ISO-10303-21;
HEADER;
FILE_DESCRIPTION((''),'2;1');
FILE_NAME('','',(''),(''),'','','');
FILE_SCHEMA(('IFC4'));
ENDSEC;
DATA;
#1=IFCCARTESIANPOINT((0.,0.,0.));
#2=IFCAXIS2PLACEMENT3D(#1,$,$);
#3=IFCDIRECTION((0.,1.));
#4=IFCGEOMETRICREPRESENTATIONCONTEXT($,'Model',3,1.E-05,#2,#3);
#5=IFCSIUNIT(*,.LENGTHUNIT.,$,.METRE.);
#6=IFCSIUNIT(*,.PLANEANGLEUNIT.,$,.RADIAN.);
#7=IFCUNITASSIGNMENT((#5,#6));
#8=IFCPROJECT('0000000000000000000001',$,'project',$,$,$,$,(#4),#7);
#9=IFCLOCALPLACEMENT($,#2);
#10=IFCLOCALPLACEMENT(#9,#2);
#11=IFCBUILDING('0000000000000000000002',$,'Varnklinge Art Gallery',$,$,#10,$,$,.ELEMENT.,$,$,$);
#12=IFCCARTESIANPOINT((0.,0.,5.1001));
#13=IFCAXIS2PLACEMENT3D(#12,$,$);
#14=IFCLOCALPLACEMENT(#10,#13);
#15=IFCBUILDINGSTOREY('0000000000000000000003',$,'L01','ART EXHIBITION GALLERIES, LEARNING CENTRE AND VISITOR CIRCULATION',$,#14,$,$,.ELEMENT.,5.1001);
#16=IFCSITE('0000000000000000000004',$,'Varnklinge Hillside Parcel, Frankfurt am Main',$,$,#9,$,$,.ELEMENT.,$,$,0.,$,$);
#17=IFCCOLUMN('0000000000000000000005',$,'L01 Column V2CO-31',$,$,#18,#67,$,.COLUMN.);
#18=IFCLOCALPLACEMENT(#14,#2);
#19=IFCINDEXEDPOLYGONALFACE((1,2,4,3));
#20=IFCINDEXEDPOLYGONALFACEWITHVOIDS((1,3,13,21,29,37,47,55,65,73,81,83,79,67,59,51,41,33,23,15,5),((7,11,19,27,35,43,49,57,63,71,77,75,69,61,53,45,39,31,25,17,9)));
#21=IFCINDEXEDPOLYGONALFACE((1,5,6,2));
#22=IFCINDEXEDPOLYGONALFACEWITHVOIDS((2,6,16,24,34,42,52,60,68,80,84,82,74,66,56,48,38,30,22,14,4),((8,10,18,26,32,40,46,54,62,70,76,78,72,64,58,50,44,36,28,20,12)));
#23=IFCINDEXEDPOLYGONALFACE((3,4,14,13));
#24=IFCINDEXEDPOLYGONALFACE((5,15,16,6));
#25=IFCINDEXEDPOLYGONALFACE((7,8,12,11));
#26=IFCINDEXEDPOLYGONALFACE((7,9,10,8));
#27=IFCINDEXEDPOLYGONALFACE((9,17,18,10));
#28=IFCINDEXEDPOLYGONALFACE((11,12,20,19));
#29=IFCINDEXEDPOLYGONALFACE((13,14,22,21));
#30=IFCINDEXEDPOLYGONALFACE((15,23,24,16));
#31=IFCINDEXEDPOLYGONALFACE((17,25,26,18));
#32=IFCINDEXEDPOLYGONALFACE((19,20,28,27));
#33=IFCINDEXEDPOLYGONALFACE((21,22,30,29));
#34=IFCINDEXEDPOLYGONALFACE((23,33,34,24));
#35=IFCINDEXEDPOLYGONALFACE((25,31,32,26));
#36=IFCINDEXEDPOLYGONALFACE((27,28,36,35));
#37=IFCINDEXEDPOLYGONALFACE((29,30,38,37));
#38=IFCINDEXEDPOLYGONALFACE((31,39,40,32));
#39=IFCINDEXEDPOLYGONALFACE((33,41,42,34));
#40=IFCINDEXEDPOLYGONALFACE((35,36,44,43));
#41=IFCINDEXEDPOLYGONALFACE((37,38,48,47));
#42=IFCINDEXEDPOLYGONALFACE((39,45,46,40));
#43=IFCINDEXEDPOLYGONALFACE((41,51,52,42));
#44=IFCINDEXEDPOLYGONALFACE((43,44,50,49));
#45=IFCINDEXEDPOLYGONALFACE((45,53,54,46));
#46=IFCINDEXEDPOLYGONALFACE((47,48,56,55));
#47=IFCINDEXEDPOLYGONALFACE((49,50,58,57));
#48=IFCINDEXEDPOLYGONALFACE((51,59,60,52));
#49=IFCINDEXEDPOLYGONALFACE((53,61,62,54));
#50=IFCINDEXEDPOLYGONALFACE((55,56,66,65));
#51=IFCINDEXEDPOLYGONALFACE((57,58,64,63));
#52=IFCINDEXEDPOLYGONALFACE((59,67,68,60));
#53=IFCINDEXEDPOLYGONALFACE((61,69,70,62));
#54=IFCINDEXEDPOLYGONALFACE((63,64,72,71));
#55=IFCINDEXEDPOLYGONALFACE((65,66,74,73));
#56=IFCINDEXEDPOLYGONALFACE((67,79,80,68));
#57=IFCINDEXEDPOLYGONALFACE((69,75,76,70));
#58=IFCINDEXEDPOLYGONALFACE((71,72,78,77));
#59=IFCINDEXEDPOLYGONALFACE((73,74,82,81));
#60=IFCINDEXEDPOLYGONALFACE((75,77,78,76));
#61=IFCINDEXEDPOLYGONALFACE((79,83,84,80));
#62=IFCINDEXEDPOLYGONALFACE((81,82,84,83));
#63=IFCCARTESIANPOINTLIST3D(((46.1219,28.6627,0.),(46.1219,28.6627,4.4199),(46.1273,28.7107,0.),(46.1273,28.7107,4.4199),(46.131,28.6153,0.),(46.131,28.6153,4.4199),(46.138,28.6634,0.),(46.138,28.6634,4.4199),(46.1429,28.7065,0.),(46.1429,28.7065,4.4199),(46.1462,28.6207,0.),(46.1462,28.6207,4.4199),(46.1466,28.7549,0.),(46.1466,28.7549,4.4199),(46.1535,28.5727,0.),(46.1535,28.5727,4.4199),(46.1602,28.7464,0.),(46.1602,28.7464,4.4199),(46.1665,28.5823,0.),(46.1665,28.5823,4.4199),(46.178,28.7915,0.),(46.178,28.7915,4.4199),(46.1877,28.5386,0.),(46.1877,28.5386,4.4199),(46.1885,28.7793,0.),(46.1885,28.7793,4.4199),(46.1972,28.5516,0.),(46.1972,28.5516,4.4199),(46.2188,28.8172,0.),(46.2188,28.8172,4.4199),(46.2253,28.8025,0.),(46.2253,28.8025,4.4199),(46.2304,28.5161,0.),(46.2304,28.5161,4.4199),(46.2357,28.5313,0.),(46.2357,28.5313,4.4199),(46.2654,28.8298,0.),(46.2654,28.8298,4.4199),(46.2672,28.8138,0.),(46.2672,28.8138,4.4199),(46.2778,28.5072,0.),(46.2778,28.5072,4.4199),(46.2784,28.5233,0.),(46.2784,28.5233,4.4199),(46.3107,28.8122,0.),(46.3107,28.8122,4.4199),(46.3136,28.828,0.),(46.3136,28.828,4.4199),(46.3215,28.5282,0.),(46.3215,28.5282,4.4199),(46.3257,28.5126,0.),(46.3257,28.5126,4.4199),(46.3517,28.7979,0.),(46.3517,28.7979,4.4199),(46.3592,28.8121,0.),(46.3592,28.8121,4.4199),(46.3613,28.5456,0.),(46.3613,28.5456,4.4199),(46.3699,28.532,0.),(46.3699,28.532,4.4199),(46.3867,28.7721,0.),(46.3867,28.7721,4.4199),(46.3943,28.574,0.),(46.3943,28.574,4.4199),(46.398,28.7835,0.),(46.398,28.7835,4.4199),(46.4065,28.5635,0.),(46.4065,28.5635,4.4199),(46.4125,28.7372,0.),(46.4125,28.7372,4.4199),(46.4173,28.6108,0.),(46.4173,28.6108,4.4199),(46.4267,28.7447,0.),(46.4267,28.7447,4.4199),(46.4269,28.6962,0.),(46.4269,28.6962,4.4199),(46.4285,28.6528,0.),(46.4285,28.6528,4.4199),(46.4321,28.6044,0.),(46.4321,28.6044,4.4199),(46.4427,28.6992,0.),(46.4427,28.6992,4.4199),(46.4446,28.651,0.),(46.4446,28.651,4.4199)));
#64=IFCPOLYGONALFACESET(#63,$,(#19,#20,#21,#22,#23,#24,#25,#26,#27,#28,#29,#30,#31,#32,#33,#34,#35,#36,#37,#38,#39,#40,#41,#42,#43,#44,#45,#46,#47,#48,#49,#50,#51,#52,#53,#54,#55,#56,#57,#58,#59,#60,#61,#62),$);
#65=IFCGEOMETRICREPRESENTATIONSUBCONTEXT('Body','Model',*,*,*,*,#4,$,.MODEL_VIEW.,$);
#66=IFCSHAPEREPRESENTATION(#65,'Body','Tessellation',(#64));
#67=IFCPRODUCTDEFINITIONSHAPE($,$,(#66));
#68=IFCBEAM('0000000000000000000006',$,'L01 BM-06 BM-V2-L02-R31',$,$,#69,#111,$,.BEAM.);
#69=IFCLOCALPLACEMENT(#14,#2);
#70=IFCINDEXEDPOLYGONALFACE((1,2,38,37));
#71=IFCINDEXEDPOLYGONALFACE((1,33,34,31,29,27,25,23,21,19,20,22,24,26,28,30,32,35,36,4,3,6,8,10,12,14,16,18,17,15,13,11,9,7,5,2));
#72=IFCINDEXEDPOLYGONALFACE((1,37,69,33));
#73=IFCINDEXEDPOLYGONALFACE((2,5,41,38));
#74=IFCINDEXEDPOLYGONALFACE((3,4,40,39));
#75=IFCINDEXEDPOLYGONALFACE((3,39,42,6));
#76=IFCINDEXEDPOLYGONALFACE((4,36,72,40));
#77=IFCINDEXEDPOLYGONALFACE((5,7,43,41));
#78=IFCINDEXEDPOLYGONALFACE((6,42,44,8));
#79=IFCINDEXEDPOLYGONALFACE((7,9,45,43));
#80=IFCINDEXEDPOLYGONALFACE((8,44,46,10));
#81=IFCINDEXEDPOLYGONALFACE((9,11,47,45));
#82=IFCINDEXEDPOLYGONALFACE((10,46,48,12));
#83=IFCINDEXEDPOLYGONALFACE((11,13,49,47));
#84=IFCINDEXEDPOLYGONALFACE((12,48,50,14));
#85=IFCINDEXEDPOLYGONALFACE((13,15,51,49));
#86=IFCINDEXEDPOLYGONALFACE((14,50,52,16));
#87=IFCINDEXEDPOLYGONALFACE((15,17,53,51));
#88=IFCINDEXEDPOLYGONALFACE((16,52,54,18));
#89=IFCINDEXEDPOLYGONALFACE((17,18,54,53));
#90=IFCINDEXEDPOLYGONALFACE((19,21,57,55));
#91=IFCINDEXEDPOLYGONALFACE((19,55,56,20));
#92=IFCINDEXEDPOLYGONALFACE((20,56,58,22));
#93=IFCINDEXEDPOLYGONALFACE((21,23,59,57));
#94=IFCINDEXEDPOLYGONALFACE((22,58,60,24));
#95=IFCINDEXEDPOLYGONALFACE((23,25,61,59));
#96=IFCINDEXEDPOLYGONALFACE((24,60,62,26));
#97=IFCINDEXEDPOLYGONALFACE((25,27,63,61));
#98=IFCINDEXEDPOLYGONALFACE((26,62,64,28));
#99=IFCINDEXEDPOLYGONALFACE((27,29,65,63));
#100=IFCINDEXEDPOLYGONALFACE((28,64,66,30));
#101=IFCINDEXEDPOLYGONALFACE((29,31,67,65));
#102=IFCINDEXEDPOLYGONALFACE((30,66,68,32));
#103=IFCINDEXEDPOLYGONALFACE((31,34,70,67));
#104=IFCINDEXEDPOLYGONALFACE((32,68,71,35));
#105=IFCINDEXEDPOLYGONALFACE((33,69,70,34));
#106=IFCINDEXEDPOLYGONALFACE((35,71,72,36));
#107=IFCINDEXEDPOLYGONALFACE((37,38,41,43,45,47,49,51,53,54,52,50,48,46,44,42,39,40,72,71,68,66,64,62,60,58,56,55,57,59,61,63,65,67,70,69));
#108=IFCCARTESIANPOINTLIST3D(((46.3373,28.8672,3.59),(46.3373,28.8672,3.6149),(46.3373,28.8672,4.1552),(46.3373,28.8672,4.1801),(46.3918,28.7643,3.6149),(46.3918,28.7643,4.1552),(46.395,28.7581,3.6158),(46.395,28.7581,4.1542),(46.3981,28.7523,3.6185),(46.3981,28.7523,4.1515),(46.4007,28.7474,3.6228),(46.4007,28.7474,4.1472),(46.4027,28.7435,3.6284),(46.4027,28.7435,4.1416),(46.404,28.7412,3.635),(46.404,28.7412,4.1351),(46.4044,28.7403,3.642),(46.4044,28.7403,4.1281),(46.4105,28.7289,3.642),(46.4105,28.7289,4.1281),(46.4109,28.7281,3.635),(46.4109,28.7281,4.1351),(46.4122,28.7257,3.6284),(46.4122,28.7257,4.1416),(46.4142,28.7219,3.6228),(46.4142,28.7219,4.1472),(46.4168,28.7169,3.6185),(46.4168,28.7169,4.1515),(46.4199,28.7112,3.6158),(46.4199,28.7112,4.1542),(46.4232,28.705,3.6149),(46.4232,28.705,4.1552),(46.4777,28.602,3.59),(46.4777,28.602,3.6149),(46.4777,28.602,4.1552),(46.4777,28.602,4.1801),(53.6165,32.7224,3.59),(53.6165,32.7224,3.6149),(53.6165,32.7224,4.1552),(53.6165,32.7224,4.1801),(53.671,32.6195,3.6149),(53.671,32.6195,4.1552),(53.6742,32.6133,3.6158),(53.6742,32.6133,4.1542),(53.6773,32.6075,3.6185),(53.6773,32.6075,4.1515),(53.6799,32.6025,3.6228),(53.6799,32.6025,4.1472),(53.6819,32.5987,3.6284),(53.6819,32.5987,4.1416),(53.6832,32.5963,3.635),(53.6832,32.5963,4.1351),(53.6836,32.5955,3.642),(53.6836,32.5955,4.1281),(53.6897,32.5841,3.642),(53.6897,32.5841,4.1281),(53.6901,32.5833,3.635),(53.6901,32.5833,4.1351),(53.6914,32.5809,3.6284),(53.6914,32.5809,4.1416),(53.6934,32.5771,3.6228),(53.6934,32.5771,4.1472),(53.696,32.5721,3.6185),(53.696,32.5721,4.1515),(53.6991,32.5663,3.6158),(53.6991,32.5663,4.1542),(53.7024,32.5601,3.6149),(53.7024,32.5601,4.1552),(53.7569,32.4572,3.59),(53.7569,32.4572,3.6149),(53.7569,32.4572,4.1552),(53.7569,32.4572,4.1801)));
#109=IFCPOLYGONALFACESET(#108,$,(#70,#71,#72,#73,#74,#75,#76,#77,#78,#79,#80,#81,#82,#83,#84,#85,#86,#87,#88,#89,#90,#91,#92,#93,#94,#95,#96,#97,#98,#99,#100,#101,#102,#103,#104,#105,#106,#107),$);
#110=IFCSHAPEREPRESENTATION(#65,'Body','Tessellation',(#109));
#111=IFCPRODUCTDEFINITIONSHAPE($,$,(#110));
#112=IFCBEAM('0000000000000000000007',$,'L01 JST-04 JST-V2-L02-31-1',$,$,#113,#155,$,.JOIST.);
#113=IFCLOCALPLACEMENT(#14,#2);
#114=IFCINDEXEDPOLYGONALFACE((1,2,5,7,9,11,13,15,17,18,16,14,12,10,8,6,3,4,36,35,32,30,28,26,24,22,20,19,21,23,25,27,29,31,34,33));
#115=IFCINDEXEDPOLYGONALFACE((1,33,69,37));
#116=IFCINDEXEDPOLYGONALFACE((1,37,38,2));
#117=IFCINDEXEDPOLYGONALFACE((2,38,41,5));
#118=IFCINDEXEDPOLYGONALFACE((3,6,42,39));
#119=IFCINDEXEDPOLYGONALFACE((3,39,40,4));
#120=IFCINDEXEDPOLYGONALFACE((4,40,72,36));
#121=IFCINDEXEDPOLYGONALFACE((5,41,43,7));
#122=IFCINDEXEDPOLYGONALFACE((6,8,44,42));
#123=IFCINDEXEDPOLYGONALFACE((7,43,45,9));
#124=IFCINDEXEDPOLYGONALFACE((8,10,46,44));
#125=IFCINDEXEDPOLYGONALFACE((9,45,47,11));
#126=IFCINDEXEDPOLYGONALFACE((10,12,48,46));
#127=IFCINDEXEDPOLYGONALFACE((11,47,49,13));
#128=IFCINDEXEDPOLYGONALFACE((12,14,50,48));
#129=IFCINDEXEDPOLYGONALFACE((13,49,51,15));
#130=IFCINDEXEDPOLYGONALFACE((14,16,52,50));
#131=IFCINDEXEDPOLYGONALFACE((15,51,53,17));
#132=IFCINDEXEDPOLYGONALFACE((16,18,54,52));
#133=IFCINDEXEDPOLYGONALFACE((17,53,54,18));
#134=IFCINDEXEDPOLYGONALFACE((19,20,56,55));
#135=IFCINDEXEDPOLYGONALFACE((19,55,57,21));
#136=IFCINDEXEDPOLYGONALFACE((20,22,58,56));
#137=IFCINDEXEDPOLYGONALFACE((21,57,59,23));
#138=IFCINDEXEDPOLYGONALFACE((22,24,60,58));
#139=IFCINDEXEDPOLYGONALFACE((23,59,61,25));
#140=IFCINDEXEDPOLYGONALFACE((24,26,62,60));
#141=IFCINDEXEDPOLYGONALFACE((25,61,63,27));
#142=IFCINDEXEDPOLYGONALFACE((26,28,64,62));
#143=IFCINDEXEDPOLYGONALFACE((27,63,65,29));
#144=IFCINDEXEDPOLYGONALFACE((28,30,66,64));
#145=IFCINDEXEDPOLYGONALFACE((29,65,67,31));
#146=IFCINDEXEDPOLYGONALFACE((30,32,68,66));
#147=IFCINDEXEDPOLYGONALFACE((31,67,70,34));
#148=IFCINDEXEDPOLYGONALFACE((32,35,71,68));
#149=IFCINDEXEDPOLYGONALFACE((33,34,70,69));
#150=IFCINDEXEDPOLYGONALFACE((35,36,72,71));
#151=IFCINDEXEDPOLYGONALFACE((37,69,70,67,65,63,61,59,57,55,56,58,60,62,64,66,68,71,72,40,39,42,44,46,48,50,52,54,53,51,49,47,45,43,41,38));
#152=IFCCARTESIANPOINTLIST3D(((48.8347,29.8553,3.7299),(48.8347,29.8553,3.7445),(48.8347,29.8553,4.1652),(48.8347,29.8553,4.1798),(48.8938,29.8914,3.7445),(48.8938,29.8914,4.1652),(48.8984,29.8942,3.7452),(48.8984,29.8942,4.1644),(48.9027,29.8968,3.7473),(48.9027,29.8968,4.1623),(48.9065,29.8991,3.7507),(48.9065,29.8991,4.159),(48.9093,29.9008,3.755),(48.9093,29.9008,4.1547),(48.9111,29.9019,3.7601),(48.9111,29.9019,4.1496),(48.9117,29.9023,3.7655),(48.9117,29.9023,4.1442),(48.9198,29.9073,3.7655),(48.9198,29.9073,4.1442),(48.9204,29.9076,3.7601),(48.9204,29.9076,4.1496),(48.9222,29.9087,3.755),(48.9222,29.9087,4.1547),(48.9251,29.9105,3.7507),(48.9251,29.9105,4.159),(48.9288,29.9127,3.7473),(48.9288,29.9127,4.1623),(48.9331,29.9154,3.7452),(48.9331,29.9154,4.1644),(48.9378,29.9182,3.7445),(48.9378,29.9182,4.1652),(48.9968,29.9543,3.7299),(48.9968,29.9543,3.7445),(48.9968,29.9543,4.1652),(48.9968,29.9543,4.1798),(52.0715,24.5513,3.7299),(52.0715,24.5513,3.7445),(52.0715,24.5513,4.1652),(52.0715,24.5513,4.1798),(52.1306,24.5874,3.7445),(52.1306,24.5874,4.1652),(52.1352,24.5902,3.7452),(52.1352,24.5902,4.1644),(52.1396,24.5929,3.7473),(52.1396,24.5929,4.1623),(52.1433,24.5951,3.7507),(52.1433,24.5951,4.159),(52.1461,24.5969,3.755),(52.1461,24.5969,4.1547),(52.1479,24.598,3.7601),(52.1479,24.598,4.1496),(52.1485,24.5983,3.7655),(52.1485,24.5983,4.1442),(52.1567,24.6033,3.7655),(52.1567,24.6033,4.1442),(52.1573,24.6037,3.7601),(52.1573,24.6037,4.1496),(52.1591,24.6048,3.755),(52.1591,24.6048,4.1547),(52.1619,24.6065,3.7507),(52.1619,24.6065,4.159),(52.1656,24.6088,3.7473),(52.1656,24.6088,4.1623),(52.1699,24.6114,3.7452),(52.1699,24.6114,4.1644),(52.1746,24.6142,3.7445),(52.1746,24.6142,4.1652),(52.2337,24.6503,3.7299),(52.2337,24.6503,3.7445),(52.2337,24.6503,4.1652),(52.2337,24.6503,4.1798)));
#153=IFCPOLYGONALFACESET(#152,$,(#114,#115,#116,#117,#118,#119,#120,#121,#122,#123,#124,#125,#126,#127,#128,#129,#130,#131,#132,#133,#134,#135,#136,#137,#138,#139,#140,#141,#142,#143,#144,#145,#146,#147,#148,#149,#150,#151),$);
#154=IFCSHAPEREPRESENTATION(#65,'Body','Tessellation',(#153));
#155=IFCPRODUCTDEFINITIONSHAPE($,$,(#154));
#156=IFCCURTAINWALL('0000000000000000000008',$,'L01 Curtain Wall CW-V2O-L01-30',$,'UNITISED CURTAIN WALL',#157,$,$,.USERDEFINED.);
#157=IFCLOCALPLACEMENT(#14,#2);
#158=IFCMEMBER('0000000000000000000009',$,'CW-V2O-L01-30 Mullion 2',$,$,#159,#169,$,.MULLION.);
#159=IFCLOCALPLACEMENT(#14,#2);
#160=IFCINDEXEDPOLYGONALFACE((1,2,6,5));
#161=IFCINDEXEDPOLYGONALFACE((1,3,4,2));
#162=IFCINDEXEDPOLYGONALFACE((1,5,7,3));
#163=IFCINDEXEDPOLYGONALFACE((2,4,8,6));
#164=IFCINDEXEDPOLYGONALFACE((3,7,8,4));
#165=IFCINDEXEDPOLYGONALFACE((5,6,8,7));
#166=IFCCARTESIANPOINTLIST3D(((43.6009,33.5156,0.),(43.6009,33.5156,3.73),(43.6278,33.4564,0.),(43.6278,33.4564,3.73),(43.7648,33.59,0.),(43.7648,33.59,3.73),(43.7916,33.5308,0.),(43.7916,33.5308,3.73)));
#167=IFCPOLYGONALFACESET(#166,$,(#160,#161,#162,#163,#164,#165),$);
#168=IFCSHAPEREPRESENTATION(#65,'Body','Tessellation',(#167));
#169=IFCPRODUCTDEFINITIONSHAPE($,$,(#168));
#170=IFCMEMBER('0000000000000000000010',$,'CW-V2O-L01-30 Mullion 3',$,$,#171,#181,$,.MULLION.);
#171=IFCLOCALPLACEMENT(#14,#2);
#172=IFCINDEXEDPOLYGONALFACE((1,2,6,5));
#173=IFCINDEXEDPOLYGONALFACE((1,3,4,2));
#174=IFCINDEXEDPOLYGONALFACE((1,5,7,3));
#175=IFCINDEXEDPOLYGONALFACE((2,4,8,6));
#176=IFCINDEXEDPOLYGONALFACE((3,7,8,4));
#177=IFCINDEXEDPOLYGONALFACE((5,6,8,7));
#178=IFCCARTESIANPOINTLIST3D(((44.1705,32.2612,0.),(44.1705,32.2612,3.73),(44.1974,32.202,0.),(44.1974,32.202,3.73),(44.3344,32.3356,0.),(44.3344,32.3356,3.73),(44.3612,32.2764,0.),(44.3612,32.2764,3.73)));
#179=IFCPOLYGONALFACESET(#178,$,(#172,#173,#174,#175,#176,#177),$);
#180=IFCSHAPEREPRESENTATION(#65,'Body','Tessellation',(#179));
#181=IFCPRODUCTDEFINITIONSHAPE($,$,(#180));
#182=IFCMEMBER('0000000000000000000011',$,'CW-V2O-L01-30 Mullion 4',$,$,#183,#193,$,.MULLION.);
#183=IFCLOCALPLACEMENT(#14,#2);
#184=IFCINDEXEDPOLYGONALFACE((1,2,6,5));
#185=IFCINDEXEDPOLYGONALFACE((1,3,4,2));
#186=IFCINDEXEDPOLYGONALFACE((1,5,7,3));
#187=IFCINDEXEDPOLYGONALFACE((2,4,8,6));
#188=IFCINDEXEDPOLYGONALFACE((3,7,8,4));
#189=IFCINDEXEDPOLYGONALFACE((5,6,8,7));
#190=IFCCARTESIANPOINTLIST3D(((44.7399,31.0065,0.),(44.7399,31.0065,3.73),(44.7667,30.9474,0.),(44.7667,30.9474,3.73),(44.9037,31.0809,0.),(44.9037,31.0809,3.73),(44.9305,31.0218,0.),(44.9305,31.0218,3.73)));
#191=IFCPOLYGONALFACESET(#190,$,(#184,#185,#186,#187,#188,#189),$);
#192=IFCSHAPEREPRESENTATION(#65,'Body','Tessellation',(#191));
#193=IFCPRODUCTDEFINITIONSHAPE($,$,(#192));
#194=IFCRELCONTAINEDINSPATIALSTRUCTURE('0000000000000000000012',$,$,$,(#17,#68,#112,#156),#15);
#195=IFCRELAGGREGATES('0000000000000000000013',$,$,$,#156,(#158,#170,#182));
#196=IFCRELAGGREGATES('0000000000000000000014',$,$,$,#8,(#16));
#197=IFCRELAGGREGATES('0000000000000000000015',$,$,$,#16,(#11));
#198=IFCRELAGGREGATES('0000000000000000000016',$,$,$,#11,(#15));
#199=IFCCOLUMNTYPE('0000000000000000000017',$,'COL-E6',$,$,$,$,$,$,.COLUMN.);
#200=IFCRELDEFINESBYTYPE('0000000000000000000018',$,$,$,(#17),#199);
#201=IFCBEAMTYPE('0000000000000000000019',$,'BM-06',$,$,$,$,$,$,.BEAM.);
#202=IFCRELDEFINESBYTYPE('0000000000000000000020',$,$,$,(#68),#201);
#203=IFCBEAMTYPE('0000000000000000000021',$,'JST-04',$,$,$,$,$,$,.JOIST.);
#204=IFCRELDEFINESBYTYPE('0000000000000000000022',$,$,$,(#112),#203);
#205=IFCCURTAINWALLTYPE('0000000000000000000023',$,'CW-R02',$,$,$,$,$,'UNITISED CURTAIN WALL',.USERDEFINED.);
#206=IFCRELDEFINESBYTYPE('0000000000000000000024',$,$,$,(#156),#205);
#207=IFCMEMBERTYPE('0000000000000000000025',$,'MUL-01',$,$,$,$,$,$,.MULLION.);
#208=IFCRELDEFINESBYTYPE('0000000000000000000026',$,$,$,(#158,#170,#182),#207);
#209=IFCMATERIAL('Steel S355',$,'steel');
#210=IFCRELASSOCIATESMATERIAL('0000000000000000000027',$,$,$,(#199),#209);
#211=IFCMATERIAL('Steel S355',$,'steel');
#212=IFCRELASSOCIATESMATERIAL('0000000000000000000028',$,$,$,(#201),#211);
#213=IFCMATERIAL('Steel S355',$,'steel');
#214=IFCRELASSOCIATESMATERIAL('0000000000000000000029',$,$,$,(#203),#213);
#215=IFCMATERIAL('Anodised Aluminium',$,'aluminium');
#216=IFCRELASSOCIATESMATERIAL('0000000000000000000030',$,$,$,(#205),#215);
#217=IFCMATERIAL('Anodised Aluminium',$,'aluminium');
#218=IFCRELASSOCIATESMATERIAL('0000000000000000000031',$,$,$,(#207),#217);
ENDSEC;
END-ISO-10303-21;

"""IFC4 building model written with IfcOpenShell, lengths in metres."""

from ifc_helpers import new_model, si_unit, direction, frame, origin, origin_2d, place, context, subcontext, project, spatial, rectangle, hollow_circle, i_section, extrude, material, material_profile, profile_set, type_object, element, aggregate, save


model = new_model("IFC4")

# Units and contexts
model_context = context("Model", 3, precision=1e-05, world=origin(), true_north=direction((0.0, 1.0)))
body_context = subcontext(model_context, "Body", "Model", "MODEL_VIEW")
ifc_project = project(units=[si_unit("LENGTHUNIT", "METRE"), si_unit("PLANEANGLEUNIT", "RADIAN")], contexts=[model_context])

# Site, building, storey
site_placement = place(None, origin())
site = spatial("IfcSite", under=ifc_project, at=site_placement, Name="Varnklinge Hillside Parcel, Frankfurt am Main", CompositionType="ELEMENT", RefElevation=0.0)
building_placement = place(site_placement, origin())
building = spatial("IfcBuilding", under=site, at=building_placement, Name="Varnklinge Art Gallery", CompositionType="ELEMENT")
storey_placement = place(building_placement, frame((0.0, 0.0, 5.1001)))
storey = spatial("IfcBuildingStorey", under=building, at=storey_placement, Name="L01", Description="ART EXHIBITION GALLERIES, LEARNING CENTRE AND VISITOR CIRCULATION", CompositionType="ELEMENT", Elevation=5.1001)

# Column
ifc_material_1 = material(Name="Steel S355", Category="steel")
ifc_material_profile_1 = material_profile(ifc_material_1, hollow_circle(Radius=0.1619, WallThickness=0.0161, at=origin_2d()), Name="CHS 323.9x16")
ifc_profile_set_1 = profile_set([ifc_material_profile_1], Name="Steel S355")
column_type = type_object("IfcColumnType", Name="COL-E6", PredefinedType="COLUMN", material=ifc_profile_set_1)
column_placement = place(storey_placement, frame((46.2837, 28.6689, 0.0), z_axis=(0.0, 0.0, 1.0), x_axis=(0.883684, 0.468084, 0.0)))
element("IfcColumn", 1, at=column_placement, inside=storey, type_object=column_type, Name="L01 Column V2CO-31", PredefinedType="COLUMN", context=body_context, shape_type="SweptSolid", body=[
    extrude(hollow_circle(Radius=0.1619, WallThickness=0.0161, at=origin_2d()), origin(), (0.0, 0.0, 1.0), 4.4199),
])

# Beams
ifc_material_2 = material(Name="Steel S355", Category="steel")
ifc_material_profile_2 = material_profile(ifc_material_2, i_section(OverallWidth=0.3, OverallDepth=0.5901, WebThickness=0.0129, FlangeThickness=0.0249, FilletRadius=0.0271, at=origin_2d()), Name="HEA 600")
ifc_profile_set_2 = profile_set([ifc_material_profile_2], Name="Steel S355")
beam_type_1 = type_object("IfcBeamType", Name="BM-06", PredefinedType="BEAM", material=ifc_profile_set_2)
beam_1_placement = place(storey_placement, frame((46.4075, 28.7346, 3.885), z_axis=(0.883714, 0.468028, 0.0), x_axis=(-0.468028, 0.883714, 0.0)))
element("IfcBeam", 2, at=beam_1_placement, inside=storey, type_object=beam_type_1, Name="L01 BM-06 BM-V2-L02-R31", PredefinedType="BEAM", context=body_context, shape_type="SweptSolid", body=[
    extrude(i_section(OverallWidth=0.3, OverallDepth=0.5901, WebThickness=0.0129, FlangeThickness=0.0249, FilletRadius=0.0271, at=origin_2d()), origin(), (0.0, 0.0, 1.0), 8.2371),
])
ifc_material_3 = material(Name="Steel S355", Category="steel")
ifc_material_profile_3 = material_profile(ifc_material_3, i_section(OverallWidth=0.1899, OverallDepth=0.45, WebThickness=0.0095, FlangeThickness=0.0146, FilletRadius=0.021, at=origin_2d()), Name="IPE 450")
ifc_profile_set_3 = profile_set([ifc_material_profile_3], Name="Steel S355")
beam_type_2 = type_object("IfcBeamType", Name="JST-04", PredefinedType="JOIST", material=ifc_profile_set_3)
beam_2_placement = place(storey_placement, frame((48.9158, 29.9048, 3.9548), z_axis=(0.520924, -0.853603, 0.0), x_axis=(0.853603, 0.520924, 0.0)))
element("IfcBeam", 3, at=beam_2_placement, inside=storey, type_object=beam_type_2, Name="L01 JST-04 JST-V2-L02-31-1", PredefinedType="JOIST", context=body_context, shape_type="SweptSolid", body=[
    extrude(i_section(OverallWidth=0.1899, OverallDepth=0.45, WebThickness=0.0095, FlangeThickness=0.0146, FilletRadius=0.021, at=origin_2d()), origin(), (0.0, 0.0, 1.0), 6.2136),
])

# Curtain wall, members
ifc_material_4 = material(Name="Anodised Aluminium", Category="aluminium")
curtain_wall_type = type_object("IfcCurtainWallType", Name="CW-R02", ElementType="UNITISED CURTAIN WALL", PredefinedType="USERDEFINED", material=ifc_material_4)
curtain_wall_placement = place(storey_placement, origin())
curtain_wall = element("IfcCurtainWall", 4, at=curtain_wall_placement, inside=storey, type_object=curtain_wall_type, Name="L01 Curtain Wall CW-V2O-L01-30", ObjectType="UNITISED CURTAIN WALL", PredefinedType="USERDEFINED")
ifc_material_5 = material(Name="Anodised Aluminium", Category="aluminium")
ifc_material_profile_4 = material_profile(ifc_material_5, rectangle(XDim=0.0649, YDim=0.1799, at=origin_2d()), Name="ALU 65x180")
ifc_profile_set_4 = profile_set([ifc_material_profile_4], Name="Anodised Aluminium")
member_type_1 = type_object("IfcMemberType", Name="MUL-01", PredefinedType="MULLION", material=ifc_profile_set_4)
member_1_placement = place(storey_placement, frame((43.6963, 33.5232, 0.0), z_axis=(0.0, 0.0, 1.0), x_axis=(0.413422, -0.910539, 0.0)))
member_1 = element("IfcMember", 5, at=member_1_placement, type_object=member_type_1, Name="CW-V2O-L01-30 Mullion 2", PredefinedType="MULLION", context=body_context, shape_type="SweptSolid", body=[
    extrude(rectangle(XDim=0.0649, YDim=0.1799, at=origin_2d()), origin(), (0.0, 0.0, 1.0), 3.73),
])
member_2_placement = place(storey_placement, frame((44.2659, 32.2688, 0.0), z_axis=(0.0, 0.0, 1.0), x_axis=(0.413422, -0.910539, 0.0)))
member_2 = element("IfcMember", 6, at=member_2_placement, type_object=member_type_1, Name="CW-V2O-L01-30 Mullion 3", PredefinedType="MULLION", context=body_context, shape_type="SweptSolid", body=[
    extrude(rectangle(XDim=0.0649, YDim=0.1799, at=origin_2d()), origin(), (0.0, 0.0, 1.0), 3.73),
])
member_3_placement = place(storey_placement, frame((44.8352, 31.0142, 0.0), z_axis=(0.0, 0.0, 1.0), x_axis=(0.413422, -0.910539, 0.0)))
member_3 = element("IfcMember", 7, at=member_3_placement, type_object=member_type_1, Name="CW-V2O-L01-30 Mullion 4", PredefinedType="MULLION", context=body_context, shape_type="SweptSolid", body=[
    extrude(rectangle(XDim=0.0649, YDim=0.1799, at=origin_2d()), origin(), (0.0, 0.0, 1.0), 3.73),
])

aggregate(curtain_wall, [member_1, member_2, member_3])

save(model, "model.ifc")
